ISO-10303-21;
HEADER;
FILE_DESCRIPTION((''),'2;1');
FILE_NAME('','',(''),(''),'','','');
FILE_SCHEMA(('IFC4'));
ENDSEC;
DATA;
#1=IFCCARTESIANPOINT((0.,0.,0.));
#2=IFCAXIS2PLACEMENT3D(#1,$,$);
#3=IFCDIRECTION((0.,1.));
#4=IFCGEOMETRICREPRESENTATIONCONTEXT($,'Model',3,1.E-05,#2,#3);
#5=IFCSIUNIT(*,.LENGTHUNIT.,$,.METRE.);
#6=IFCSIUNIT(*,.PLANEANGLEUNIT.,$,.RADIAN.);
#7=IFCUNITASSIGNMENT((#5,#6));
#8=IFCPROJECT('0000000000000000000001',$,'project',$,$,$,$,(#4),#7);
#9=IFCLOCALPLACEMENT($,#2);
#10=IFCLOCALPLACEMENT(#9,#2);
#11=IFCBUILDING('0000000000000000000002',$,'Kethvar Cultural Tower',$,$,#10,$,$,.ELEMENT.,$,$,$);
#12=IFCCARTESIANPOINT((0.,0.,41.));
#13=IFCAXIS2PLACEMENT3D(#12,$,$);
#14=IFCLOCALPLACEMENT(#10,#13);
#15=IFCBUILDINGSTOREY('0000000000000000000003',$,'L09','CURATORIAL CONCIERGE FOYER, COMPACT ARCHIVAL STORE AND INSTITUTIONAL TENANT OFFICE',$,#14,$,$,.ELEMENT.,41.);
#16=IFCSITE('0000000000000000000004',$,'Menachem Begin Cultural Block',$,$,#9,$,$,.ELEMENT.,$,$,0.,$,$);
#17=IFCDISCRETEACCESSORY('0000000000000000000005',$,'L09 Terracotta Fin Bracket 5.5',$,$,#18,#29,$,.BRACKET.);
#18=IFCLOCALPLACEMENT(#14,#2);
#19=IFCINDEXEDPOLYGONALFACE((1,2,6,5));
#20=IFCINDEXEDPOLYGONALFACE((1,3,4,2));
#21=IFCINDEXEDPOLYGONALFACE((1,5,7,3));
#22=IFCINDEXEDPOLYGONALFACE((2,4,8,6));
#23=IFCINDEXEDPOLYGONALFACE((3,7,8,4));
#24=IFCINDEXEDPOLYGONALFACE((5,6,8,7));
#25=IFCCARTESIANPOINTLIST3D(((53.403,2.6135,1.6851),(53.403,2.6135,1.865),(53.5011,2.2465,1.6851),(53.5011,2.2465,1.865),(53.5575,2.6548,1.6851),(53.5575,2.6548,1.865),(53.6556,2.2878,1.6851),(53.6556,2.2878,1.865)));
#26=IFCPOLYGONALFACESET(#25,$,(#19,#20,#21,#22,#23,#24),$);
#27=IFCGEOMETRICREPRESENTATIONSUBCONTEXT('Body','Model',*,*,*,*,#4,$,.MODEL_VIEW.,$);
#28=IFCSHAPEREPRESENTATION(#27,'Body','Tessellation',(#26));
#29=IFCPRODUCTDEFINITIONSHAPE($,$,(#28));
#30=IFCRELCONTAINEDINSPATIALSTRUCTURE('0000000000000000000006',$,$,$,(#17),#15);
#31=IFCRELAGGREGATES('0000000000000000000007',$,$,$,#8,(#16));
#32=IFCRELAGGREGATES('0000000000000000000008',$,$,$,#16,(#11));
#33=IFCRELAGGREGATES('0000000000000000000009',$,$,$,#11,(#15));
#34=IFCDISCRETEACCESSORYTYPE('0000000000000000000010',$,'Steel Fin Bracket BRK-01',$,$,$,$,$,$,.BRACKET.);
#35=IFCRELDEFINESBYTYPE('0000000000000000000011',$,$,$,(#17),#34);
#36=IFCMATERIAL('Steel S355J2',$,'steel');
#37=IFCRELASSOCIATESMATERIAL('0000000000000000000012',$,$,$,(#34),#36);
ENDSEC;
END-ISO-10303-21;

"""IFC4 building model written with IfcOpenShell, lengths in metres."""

from ifc_helpers import new_model, si_unit, direction, frame, origin, origin_2d, place, context, subcontext, project, spatial, rectangle, extrude, source, transform, mapped, material, type_object, element, save


model = new_model("IFC4")

# Units and contexts
model_context = context("Model", 3, precision=1e-05, world=origin(), true_north=direction((0.0, 1.0)))
body_context = subcontext(model_context, "Body", "Model", "MODEL_VIEW")
ifc_project = project(units=[si_unit("LENGTHUNIT", "METRE"), si_unit("PLANEANGLEUNIT", "RADIAN")], contexts=[model_context])

# Site, building, storey
site_placement = place(None, origin())
site = spatial("IfcSite", under=ifc_project, at=site_placement, Name="Menachem Begin Cultural Block", CompositionType="ELEMENT", RefElevation=0.0)
building_placement = place(site_placement, origin())
building = spatial("IfcBuilding", under=site, at=building_placement, Name="Kethvar Cultural Tower", CompositionType="ELEMENT")
storey_placement = place(building_placement, frame((0.0, 0.0, 41.0)))
storey = spatial("IfcBuildingStorey", under=building, at=storey_placement, Name="L09", Description="CURATORIAL CONCIERGE FOYER, COMPACT ARCHIVAL STORE AND INSTITUTIONAL TENANT OFFICE", CompositionType="ELEMENT", Elevation=41.0)

# Shared definitions
ifc_material_1 = material(Name="Steel S355J2", Category="steel")

# Discrete accessory
discrete_accessory_type = type_object("IfcDiscreteAccessoryType", Name="Steel Fin Bracket BRK-01", PredefinedType="BRACKET", material=ifc_material_1)
shared_shape_1 = source(origin(), body_context, "Body", "SweptSolid", [
    extrude(rectangle(XDim=0.3799, YDim=0.1599, at=origin_2d()), origin(), (0.0, 0.0, 1.0), 0.1799),
])
for number, where, z_axis, x_axis, name in (
    (1, (53.5293, 2.4507, 1.6851), (0.0, 0.0, 1.0), (0.258145, -0.966106, 0.0), "L09 Terracotta Fin Bracket 5.5"),
):
    element("IfcDiscreteAccessory", number, at=place(storey_placement, frame(where, z_axis=z_axis, x_axis=x_axis)), inside=storey, type_object=discrete_accessory_type, Name=name, PredefinedType="BRACKET", context=body_context, shape_type="MappedRepresentation", body=[
        mapped(shared_shape_1, transform((0.0, 0.0, 0.0), scale=1.0)),
    ])

save(model, "model.ifc")
